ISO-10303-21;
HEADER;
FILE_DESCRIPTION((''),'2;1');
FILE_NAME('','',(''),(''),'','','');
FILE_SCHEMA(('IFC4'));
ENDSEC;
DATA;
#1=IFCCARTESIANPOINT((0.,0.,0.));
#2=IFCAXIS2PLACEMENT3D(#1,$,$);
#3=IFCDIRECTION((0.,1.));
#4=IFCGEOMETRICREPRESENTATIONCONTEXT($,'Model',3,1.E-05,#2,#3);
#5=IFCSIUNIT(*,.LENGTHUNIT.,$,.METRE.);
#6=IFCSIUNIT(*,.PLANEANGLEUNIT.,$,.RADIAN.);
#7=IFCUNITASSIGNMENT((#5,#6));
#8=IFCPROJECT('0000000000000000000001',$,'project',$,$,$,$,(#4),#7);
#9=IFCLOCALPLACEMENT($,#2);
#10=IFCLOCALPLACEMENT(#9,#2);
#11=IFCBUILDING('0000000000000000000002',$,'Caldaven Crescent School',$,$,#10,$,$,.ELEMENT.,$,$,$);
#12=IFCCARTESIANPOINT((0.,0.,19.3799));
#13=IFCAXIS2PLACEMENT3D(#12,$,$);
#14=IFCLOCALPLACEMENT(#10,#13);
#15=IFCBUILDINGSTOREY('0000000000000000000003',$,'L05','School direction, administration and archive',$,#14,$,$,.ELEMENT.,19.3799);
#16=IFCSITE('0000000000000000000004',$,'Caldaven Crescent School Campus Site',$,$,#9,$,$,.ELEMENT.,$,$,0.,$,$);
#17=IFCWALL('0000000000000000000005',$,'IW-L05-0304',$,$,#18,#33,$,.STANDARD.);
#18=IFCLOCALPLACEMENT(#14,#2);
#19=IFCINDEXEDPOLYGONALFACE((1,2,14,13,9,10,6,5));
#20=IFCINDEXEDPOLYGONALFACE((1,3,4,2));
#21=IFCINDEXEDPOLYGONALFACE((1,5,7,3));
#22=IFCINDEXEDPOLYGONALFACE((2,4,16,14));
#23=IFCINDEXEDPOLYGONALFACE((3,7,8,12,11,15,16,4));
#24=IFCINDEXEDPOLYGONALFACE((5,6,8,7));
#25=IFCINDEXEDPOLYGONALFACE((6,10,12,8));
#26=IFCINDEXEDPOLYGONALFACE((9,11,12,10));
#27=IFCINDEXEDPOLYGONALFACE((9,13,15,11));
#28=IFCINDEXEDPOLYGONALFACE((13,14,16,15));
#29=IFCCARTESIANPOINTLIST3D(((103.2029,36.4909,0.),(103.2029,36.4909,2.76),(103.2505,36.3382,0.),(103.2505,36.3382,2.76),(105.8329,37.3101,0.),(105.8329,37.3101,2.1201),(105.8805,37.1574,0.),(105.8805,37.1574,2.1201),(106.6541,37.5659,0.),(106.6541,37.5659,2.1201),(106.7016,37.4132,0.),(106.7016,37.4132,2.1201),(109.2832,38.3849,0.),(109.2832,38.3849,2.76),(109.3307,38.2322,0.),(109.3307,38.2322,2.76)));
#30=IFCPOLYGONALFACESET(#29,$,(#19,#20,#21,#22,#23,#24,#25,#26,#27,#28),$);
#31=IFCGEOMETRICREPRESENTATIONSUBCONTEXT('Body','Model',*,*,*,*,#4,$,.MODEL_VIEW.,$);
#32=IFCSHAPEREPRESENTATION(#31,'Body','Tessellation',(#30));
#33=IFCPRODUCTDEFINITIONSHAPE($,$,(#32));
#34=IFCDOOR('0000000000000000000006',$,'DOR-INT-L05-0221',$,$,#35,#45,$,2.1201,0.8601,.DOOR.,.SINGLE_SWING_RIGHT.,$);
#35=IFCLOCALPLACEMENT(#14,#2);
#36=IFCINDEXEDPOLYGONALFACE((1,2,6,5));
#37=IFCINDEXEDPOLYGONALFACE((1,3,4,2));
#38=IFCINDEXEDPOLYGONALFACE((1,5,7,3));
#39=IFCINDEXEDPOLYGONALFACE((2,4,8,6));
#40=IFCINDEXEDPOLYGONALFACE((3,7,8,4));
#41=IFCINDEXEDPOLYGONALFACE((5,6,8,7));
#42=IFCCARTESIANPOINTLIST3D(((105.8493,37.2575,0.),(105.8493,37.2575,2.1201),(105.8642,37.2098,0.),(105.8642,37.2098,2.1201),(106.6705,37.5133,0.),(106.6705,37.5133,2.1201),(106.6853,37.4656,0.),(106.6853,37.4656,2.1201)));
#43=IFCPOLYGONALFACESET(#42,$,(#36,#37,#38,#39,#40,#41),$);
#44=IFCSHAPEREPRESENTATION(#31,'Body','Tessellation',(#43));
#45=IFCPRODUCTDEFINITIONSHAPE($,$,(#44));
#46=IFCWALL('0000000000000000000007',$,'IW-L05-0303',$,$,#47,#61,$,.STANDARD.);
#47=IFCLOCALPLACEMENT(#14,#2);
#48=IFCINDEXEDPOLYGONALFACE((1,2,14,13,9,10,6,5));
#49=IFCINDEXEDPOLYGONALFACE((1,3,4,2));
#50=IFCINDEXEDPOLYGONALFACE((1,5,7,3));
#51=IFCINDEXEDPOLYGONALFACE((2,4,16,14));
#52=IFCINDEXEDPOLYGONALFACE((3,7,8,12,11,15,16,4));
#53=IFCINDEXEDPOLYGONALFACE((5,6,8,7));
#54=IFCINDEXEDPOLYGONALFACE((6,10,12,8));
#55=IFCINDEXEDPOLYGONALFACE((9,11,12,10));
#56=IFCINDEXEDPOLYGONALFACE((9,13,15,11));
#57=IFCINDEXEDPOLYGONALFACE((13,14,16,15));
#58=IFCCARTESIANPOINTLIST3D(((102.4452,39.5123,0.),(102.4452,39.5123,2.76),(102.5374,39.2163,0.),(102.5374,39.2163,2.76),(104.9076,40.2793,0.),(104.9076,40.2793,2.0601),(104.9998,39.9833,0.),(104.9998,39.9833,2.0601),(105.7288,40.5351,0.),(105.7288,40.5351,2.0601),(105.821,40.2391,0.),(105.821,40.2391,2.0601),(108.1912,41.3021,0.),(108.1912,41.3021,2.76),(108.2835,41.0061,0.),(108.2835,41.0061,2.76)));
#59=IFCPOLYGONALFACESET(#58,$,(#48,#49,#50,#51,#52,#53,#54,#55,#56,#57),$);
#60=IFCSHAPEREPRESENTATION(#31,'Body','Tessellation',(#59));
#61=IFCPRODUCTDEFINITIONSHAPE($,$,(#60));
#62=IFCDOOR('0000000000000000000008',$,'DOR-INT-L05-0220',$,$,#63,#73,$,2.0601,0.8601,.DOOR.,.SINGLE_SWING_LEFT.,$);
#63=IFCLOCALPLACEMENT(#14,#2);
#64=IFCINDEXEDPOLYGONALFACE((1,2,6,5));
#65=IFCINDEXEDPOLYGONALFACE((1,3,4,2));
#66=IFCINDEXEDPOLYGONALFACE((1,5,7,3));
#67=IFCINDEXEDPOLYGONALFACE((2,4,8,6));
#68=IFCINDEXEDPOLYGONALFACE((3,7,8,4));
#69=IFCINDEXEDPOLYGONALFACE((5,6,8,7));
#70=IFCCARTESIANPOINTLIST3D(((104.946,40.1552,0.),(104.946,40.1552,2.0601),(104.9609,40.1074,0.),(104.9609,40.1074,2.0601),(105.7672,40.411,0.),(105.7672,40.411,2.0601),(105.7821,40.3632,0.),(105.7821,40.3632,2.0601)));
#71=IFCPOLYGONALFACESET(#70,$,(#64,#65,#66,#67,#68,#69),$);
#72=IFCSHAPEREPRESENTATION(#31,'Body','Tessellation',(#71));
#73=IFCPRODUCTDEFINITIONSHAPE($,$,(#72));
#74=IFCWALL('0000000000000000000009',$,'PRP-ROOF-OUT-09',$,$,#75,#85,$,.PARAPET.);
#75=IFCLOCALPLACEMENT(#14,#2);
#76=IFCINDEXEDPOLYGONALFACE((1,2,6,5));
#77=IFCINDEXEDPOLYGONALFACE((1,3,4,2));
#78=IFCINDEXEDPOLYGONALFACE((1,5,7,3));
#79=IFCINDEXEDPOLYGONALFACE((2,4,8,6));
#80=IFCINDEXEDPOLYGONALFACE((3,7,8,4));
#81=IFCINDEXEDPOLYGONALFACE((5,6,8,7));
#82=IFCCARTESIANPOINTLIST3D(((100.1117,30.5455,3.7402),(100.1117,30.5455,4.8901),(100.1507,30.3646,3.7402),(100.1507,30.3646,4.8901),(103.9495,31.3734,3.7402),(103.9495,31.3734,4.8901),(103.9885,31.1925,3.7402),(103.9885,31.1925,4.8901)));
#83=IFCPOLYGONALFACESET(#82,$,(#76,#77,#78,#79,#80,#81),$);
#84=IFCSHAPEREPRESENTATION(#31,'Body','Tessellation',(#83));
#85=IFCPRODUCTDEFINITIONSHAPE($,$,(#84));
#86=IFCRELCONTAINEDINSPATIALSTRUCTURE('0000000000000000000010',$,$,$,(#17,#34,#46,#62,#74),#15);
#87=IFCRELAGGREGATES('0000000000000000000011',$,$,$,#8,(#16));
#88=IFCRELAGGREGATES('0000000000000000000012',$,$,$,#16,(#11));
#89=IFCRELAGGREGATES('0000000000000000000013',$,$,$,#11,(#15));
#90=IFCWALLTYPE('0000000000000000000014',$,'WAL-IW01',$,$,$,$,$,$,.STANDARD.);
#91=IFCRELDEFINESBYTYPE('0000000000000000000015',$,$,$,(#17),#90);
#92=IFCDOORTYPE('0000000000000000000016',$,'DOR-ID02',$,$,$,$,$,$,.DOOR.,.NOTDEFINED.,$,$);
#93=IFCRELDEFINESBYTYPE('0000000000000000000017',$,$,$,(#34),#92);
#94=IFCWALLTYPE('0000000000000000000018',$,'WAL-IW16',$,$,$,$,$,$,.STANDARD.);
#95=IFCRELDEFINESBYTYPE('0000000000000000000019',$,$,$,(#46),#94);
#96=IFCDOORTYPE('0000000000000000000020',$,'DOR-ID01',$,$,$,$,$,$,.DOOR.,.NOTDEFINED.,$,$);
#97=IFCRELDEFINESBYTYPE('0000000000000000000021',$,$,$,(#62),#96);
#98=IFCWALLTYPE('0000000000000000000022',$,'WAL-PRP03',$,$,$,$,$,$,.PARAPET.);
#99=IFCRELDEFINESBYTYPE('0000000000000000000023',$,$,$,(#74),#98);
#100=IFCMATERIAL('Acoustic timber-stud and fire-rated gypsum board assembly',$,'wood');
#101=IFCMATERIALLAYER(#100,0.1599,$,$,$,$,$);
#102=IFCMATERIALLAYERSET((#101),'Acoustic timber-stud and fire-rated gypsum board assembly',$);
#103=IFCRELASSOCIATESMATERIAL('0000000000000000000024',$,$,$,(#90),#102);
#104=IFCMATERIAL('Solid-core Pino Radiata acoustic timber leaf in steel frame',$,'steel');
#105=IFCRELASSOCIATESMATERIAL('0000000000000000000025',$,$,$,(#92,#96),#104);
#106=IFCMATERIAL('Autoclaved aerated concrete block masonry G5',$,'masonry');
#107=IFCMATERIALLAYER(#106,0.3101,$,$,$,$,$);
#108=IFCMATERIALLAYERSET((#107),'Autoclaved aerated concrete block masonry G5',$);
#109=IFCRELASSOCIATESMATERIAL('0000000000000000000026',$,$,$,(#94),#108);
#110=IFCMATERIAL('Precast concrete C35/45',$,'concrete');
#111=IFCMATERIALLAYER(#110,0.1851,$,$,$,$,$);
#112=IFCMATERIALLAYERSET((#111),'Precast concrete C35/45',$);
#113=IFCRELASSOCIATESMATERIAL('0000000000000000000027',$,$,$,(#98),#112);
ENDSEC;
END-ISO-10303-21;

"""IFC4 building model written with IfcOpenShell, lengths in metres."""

from ifc_helpers import new_model, si_unit, direction, frame, frame_2d, origin, place, context, subcontext, project, spatial, rectangle, extrude, material, layer, layer_set, type_object, element, fill, save


model = new_model("IFC4")

# Units and contexts
model_context = context("Model", 3, precision=1e-05, world=origin(), true_north=direction((0.0, 1.0)))
body_context = subcontext(model_context, "Body", "Model", "MODEL_VIEW")
ifc_project = project(units=[si_unit("LENGTHUNIT", "METRE"), si_unit("PLANEANGLEUNIT", "RADIAN")], contexts=[model_context])

# Site, building, storey
site_placement = place(None, origin())
site = spatial("IfcSite", under=ifc_project, at=site_placement, Name="Caldaven Crescent School Campus Site", CompositionType="ELEMENT", RefElevation=0.0)
building_placement = place(site_placement, origin())
building = spatial("IfcBuilding", under=site, at=building_placement, Name="Caldaven Crescent School", CompositionType="ELEMENT")
storey_placement = place(building_placement, frame((0.0, 0.0, 19.3799)))
storey = spatial("IfcBuildingStorey", under=building, at=storey_placement, Name="L05", Description="School direction, administration and archive", CompositionType="ELEMENT", Elevation=19.3799)

# Walls, openings, doors
ifc_material_1 = material(Name="Acoustic timber-stud and fire-rated gypsum board assembly", Category="wood")
ifc_layer_1 = layer(ifc_material_1, 0.1599)
ifc_layer_set_1 = layer_set([ifc_layer_1], Name="Acoustic timber-stud and fire-rated gypsum board assembly")
wall_type_1 = type_object("IfcWallType", Name="WAL-IW01", PredefinedType="STANDARD", material=ifc_layer_set_1)
wall_1_placement = place(storey_placement, frame((103.2268, 36.4146, 0.0), z_axis=(0.0, 0.0, 1.0), x_axis=(0.95475, 0.297408, 0.0)))
wall_1 = element("IfcWall", 1, at=wall_1_placement, inside=storey, type_object=wall_type_1, Name="IW-L05-0304", PredefinedType="STANDARD", context=body_context, shape_type="SweptSolid", body=[
    extrude(rectangle(XDim=6.3684, YDim=0.1599, at=frame_2d((3.1841, 0.0))), origin(), (0.0, 0.0, 1.0), 2.76),
])
opening_1_placement = place(wall_1_placement, frame((2.7544, 0.0, 0.0)))
opening_1 = element("IfcOpeningElement", 2, at=opening_1_placement, cuts=wall_1, PredefinedType="OPENING", context=body_context, shape_type="SweptSolid", body=[
    extrude(rectangle(XDim=0.8601, YDim=2.1201, at=frame_2d((0.4302, 1.0601))), frame((0.0, 0.0898, 0.0), z_axis=(0.0, -1.0, 0.0), x_axis=(1.0, 0.0, 0.0)), (0.0, 0.0, 1.0), 0.1799),
])
ifc_material_2 = material(Name="Solid-core Pino Radiata acoustic timber leaf in steel frame", Category="steel")
door_type_1 = type_object("IfcDoorType", Name="DOR-ID02", OperationType="NOTDEFINED", PredefinedType="DOOR", material=ifc_material_2)
door_1_placement = place(opening_1_placement, origin())
door_1 = element("IfcDoor", 3, at=door_1_placement, inside=storey, type_object=door_type_1, Name="DOR-INT-L05-0221", OperationType="SINGLE_SWING_RIGHT", OverallHeight=2.1201, OverallWidth=0.8601, PredefinedType="DOOR", context=body_context, shape_type="SweptSolid", body=[
    extrude(rectangle(XDim=0.8601, YDim=2.1201, at=frame_2d((0.4302, 1.0601))), frame((0.0, 0.0249, 0.0), z_axis=(0.0, -1.0, 0.0), x_axis=(1.0, 0.0, 0.0)), (0.0, 0.0, 1.0), 0.05),
])
fill(opening_1, door_1)
ifc_material_3 = material(Name="Autoclaved aerated concrete block masonry G5", Category="masonry")
ifc_layer_2 = layer(ifc_material_3, 0.3101)
ifc_layer_set_2 = layer_set([ifc_layer_2], Name="Autoclaved aerated concrete block masonry G5")
wall_type_2 = type_object("IfcWallType", Name="WAL-IW16", PredefinedType="STANDARD", material=ifc_layer_set_2)
wall_2_placement = place(storey_placement, frame((102.4912, 39.3643, 0.0), z_axis=(0.0, 0.0, 1.0), x_axis=(0.954757, 0.297388, 0.0)))
wall_2 = element("IfcWall", 4, at=wall_2_placement, inside=storey, type_object=wall_type_2, Name="IW-L05-0303", PredefinedType="STANDARD", context=body_context, shape_type="SweptSolid", body=[
    extrude(rectangle(XDim=6.0183, YDim=0.3101, at=frame_2d((3.0093, 0.0))), origin(), (0.0, 0.0, 1.0), 2.76),
])
opening_2_placement = place(wall_2_placement, frame((2.5791, 0.0, 0.0)))
opening_2 = element("IfcOpeningElement", 5, at=opening_2_placement, cuts=wall_2, PredefinedType="OPENING", context=body_context, shape_type="SweptSolid", body=[
    extrude(rectangle(XDim=0.8601, YDim=2.0601, at=frame_2d((0.4302, 1.03))), frame((0.0, 0.165, 0.0), z_axis=(0.0, -1.0, 0.0), x_axis=(1.0, 0.0, 0.0)), (0.0, 0.0, 1.0), 0.3301),
])
door_type_2 = type_object("IfcDoorType", Name="DOR-ID01", OperationType="NOTDEFINED", PredefinedType="DOOR", material=ifc_material_2)
door_2_placement = place(opening_2_placement, frame((0.8601, 0.0, 0.0), z_axis=(0.0, 0.0, 1.0), x_axis=(-1.0, 0.0, 0.0)))
door_2 = element("IfcDoor", 6, at=door_2_placement, inside=storey, type_object=door_type_2, Name="DOR-INT-L05-0220", OperationType="SINGLE_SWING_LEFT", OverallHeight=2.0601, OverallWidth=0.8601, PredefinedType="DOOR", context=body_context, shape_type="SweptSolid", body=[
    extrude(rectangle(XDim=0.8601, YDim=2.0601, at=frame_2d((0.4302, 1.03))), frame((0.0, 0.0249, 0.0), z_axis=(0.0, -1.0, 0.0), x_axis=(1.0, 0.0, 0.0)), (0.0, 0.0, 1.0), 0.05),
])
fill(opening_2, door_2)

# Wall
ifc_material_4 = material(Name="Precast concrete C35/45", Category="concrete")
ifc_layer_3 = layer(ifc_material_4, 0.1851)
ifc_layer_set_3 = layer_set([ifc_layer_3], Name="Precast concrete C35/45")
wall_type_3 = type_object("IfcWallType", Name="WAL-PRP03", PredefinedType="PARAPET", material=ifc_layer_set_3)
wall_3_placement = place(storey_placement, frame((100.1313, 30.4551, 3.7402), z_axis=(0.0, 0.0, 1.0), x_axis=(0.977513, 0.210875, 0.0)))
element("IfcWall", 7, at=wall_3_placement, inside=storey, type_object=wall_type_3, Name="PRP-ROOF-OUT-09", PredefinedType="PARAPET", context=body_context, shape_type="SweptSolid", body=[
    extrude(rectangle(XDim=3.926, YDim=0.1851, at=frame_2d((1.9629, 0.0))), origin(), (0.0, 0.0, 1.0), 1.1499),
])

save(model, "model.ifc")
